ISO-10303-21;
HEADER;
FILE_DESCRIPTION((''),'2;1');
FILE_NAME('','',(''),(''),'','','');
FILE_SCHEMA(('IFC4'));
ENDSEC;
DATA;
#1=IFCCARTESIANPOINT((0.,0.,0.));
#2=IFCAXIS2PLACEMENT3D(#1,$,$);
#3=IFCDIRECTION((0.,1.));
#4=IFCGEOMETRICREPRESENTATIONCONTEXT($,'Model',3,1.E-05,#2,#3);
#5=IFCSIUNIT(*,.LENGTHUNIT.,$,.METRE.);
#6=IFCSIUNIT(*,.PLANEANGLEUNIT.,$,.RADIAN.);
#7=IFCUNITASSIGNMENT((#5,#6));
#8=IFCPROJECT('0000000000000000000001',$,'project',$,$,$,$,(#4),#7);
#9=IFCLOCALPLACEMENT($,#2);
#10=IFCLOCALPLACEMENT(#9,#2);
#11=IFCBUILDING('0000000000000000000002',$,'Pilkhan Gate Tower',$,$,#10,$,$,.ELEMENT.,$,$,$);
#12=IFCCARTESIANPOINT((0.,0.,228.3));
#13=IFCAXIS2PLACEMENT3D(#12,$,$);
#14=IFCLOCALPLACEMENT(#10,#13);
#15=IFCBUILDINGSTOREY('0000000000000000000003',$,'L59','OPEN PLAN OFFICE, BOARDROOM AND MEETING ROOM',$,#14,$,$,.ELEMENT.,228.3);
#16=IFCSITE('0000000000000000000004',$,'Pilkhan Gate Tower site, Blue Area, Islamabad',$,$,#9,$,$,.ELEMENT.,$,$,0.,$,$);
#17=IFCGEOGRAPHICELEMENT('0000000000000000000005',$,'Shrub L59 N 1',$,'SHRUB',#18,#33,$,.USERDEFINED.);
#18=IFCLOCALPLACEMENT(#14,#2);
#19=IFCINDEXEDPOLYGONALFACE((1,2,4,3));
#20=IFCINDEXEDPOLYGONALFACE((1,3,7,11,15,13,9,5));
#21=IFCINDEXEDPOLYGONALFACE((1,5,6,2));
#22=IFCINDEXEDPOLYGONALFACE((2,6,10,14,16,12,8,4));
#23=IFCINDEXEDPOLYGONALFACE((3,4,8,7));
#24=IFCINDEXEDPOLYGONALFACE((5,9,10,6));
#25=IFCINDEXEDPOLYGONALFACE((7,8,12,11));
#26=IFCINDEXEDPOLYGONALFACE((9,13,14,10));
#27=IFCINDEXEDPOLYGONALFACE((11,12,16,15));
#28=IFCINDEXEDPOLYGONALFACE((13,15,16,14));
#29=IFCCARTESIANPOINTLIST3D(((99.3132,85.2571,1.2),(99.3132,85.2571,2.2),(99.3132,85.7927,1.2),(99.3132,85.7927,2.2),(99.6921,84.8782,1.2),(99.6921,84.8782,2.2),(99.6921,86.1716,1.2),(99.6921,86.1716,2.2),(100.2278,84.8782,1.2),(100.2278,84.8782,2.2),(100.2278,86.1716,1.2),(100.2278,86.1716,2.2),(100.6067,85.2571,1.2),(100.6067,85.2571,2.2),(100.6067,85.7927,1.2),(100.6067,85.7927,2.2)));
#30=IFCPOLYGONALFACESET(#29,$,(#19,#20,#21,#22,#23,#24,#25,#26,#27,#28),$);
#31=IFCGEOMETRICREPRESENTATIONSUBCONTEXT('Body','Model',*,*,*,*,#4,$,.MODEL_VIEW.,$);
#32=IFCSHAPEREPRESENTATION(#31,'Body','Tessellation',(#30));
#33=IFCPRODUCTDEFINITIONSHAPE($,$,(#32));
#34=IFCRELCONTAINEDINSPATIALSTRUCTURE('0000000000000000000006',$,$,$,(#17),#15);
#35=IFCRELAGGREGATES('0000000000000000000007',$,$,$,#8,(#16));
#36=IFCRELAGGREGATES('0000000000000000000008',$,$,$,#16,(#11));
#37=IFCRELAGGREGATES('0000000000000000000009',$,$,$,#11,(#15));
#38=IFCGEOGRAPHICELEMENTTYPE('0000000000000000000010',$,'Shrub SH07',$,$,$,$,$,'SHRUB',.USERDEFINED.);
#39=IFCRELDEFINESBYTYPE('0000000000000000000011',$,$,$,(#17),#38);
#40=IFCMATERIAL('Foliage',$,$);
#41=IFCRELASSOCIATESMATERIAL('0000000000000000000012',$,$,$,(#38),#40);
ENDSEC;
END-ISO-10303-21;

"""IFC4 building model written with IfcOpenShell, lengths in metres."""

from ifc_helpers import new_model, si_unit, direction, frame, origin, place, context, subcontext, project, spatial, polyline, outline, extrude, material, material_profile, profile_set, type_object, element, save


model = new_model("IFC4")

# Units and contexts
model_context = context("Model", 3, precision=1e-05, world=origin(), true_north=direction((0.0, 1.0)))
body_context = subcontext(model_context, "Body", "Model", "MODEL_VIEW")
ifc_project = project(units=[si_unit("LENGTHUNIT", "METRE"), si_unit("PLANEANGLEUNIT", "RADIAN")], contexts=[model_context])

# Site, building, storey
site_placement = place(None, origin())
site = spatial("IfcSite", under=ifc_project, at=site_placement, Name="Pilkhan Gate Tower site, Blue Area, Islamabad", CompositionType="ELEMENT", RefElevation=0.0)
building_placement = place(site_placement, origin())
building = spatial("IfcBuilding", under=site, at=building_placement, Name="Pilkhan Gate Tower", CompositionType="ELEMENT")
storey_placement = place(building_placement, frame((0.0, 0.0, 228.3)))
storey = spatial("IfcBuildingStorey", under=building, at=storey_placement, Name="L59", Description="OPEN PLAN OFFICE, BOARDROOM AND MEETING ROOM", CompositionType="ELEMENT", Elevation=228.3)

# Geographic element
ifc_material_1 = material(Name="Foliage")
ifc_material_profile_1 = material_profile(ifc_material_1, outline(polyline([(0.6467, 0.2678), (0.2678, 0.6467), (-0.2678, 0.6467), (-0.6467, 0.2678), (-0.6467, -0.2678), (-0.2678, -0.6467), (0.2678, -0.6467), (0.6467, -0.2678), (0.6467, 0.2678)])), Name="Shrub D1.4")
ifc_profile_set_1 = profile_set([ifc_material_profile_1], Name="Foliage")
geographic_element_type_1 = type_object("IfcGeographicElementType", Name="Shrub SH07", ElementType="SHRUB", PredefinedType="USERDEFINED", material=ifc_profile_set_1)
geographic_element_1_placement = place(storey_placement, frame((99.96, 85.5249, 1.2), z_axis=(0.0, 0.0, 1.0), x_axis=(1.0, 0.0, 0.0)))
element("IfcGeographicElement", 1, at=geographic_element_1_placement, inside=storey, type_object=geographic_element_type_1, Name="Shrub L59 N 1", ObjectType="SHRUB", PredefinedType="USERDEFINED", context=body_context, shape_type="SweptSolid", body=[
    extrude(outline(polyline([(0.6467, 0.2678), (0.2678, 0.6467), (-0.2678, 0.6467), (-0.6467, 0.2678), (-0.6467, -0.2678), (-0.2678, -0.6467), (0.2678, -0.6467), (0.6467, -0.2678), (0.6467, 0.2678)])), origin(), (0.0, 0.0, 1.0), 1.0),
])

save(model, "model.ifc")
